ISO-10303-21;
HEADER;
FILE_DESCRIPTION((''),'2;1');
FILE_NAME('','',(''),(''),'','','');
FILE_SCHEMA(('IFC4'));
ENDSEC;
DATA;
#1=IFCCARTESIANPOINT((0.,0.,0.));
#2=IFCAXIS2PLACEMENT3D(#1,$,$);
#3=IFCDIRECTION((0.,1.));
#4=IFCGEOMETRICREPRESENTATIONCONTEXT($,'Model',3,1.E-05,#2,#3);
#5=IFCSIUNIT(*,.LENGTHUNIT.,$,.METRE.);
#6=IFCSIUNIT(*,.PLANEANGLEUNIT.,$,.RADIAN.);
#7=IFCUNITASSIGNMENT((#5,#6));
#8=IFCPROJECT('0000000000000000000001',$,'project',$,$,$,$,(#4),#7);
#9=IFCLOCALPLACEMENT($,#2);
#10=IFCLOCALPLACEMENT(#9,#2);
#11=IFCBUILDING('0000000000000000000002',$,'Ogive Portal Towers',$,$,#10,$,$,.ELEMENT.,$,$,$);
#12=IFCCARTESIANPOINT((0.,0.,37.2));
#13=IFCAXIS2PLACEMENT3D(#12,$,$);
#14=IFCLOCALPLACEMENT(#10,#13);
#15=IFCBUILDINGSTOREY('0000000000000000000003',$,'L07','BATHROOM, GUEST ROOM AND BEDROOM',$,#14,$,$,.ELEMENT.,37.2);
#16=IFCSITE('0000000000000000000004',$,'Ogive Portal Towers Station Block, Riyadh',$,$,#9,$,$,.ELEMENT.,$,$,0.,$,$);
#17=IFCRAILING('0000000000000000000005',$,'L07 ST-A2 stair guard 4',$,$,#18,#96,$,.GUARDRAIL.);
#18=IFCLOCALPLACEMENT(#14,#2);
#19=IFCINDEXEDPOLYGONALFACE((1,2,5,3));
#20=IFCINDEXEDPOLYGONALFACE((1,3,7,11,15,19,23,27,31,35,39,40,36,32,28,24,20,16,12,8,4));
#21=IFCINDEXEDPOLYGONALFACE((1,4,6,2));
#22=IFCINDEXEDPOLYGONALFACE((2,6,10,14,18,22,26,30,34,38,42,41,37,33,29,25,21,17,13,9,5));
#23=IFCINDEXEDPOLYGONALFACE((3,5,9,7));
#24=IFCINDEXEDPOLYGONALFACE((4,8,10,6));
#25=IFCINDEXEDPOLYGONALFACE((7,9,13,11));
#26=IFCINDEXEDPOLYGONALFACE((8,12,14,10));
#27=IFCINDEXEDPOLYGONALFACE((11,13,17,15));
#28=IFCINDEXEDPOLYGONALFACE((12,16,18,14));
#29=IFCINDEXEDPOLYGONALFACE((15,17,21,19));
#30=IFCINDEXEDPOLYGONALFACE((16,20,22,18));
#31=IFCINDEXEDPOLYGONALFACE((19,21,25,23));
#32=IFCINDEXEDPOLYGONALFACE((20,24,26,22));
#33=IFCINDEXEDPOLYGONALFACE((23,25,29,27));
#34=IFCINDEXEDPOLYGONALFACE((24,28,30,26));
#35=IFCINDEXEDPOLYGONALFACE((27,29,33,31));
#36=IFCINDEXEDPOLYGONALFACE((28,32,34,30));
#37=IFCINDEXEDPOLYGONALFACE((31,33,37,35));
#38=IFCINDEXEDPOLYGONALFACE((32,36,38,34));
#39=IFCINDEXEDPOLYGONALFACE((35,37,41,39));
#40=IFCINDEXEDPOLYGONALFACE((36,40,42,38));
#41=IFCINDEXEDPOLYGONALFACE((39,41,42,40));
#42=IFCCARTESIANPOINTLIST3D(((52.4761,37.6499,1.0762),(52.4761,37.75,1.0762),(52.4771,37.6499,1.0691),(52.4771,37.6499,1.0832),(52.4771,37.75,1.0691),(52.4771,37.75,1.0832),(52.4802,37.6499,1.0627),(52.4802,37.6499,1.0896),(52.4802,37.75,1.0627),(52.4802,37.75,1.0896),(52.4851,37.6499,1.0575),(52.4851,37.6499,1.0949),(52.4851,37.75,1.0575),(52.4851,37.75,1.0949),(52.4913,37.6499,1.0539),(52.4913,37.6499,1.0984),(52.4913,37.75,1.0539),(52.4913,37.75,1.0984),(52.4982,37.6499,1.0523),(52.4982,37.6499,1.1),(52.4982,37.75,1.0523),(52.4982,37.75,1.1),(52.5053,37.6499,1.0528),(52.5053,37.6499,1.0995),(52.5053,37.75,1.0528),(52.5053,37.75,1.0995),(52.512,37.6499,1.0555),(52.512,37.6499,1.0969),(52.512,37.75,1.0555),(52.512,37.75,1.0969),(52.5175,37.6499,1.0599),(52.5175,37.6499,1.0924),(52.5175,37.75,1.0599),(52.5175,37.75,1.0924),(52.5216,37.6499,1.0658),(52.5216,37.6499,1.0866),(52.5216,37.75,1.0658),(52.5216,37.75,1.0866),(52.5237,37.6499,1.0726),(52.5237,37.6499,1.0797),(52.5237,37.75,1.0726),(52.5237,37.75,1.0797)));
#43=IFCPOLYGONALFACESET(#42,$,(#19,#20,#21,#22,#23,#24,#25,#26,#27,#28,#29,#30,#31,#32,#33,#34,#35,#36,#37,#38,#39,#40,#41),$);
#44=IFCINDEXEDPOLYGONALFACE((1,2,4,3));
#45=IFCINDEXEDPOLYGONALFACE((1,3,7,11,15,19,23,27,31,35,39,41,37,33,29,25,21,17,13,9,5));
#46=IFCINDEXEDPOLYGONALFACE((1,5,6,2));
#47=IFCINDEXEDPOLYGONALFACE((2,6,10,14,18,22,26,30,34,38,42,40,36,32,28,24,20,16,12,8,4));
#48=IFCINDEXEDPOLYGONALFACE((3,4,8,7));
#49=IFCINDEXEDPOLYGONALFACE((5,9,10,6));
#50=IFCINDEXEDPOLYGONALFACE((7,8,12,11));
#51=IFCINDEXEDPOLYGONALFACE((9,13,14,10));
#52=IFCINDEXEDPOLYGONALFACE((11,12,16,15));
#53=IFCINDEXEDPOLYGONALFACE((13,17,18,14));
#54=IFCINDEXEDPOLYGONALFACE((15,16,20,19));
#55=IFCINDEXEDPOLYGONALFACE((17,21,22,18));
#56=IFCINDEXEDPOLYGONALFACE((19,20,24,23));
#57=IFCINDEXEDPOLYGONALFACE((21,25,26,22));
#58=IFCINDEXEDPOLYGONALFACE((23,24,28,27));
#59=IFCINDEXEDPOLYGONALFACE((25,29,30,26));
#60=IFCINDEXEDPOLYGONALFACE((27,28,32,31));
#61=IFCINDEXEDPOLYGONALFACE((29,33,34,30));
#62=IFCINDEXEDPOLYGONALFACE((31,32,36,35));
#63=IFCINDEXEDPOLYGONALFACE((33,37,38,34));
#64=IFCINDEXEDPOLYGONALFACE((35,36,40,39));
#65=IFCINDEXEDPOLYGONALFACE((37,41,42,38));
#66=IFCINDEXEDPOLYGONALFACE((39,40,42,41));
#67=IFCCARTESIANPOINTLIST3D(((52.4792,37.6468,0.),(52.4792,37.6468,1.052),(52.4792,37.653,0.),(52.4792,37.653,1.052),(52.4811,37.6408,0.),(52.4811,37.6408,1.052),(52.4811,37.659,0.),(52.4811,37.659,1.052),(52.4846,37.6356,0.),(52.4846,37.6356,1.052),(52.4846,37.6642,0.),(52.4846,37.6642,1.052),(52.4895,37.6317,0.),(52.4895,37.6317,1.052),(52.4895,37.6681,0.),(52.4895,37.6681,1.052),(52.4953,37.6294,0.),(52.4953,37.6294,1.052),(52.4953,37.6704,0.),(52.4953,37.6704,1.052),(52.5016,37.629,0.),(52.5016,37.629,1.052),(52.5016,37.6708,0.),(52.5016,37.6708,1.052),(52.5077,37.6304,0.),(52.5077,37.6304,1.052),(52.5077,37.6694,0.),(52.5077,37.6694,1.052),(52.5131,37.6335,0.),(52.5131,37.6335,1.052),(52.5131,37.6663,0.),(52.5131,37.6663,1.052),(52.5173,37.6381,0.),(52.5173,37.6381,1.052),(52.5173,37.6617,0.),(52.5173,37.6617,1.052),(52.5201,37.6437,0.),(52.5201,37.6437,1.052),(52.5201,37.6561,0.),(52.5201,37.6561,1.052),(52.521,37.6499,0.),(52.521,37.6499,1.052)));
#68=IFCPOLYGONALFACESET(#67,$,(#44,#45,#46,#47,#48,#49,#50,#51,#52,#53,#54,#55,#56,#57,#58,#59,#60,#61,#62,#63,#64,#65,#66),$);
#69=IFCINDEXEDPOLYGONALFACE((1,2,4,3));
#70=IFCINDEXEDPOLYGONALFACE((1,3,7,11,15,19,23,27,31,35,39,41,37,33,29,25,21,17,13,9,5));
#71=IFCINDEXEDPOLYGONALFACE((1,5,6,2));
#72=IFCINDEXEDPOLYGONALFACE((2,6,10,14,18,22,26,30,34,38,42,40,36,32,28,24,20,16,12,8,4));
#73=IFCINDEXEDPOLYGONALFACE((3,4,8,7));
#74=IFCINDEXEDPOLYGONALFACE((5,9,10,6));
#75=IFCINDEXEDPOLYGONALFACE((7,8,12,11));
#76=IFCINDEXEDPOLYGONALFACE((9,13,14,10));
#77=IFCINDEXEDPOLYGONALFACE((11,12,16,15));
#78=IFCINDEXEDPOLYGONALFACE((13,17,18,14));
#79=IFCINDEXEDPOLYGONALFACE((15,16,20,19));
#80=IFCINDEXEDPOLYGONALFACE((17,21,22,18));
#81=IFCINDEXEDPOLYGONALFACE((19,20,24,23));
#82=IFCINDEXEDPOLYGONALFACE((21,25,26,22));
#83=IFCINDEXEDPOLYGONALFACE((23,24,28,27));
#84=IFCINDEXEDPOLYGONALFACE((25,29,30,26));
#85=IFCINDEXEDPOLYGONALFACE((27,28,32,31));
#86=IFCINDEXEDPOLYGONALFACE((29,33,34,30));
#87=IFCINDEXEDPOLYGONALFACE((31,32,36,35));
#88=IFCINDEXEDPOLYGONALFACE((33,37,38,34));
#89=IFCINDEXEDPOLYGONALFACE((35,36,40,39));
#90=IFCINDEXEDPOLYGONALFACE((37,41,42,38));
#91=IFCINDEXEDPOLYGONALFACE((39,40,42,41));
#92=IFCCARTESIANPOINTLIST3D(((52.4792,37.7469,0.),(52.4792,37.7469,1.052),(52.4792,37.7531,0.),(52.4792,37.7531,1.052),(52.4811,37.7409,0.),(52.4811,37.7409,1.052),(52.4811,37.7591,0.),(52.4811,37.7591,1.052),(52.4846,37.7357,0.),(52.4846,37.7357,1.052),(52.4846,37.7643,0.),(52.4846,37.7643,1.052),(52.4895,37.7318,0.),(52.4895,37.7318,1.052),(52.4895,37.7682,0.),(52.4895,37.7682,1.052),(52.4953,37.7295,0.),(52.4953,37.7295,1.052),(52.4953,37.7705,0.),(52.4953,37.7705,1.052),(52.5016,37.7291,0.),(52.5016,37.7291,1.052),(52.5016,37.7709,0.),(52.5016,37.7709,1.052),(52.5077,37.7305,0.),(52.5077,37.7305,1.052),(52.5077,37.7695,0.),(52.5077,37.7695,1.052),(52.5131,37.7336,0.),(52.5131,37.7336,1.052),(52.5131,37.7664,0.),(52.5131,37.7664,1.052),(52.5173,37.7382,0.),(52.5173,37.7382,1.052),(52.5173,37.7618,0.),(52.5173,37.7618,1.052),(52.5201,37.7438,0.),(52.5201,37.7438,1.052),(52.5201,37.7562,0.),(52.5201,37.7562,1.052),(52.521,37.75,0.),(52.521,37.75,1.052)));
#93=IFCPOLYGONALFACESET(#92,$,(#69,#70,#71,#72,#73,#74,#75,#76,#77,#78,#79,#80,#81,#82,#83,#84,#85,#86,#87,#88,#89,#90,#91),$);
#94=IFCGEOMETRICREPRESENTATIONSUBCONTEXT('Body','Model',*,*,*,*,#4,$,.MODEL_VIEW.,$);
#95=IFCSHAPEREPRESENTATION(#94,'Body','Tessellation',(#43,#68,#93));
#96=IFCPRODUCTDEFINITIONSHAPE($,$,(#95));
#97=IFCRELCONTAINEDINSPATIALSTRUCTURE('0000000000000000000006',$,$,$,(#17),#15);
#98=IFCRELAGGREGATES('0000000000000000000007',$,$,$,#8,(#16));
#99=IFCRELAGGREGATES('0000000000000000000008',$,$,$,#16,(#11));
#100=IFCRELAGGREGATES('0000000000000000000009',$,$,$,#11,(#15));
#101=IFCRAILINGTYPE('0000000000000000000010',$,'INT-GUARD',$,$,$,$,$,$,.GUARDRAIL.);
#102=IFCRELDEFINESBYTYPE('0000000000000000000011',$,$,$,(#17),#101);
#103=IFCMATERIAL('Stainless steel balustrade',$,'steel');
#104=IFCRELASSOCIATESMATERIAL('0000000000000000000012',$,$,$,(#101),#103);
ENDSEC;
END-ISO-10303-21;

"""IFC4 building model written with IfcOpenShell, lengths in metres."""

from ifc_helpers import new_model, si_unit, direction, frame, origin, origin_2d, place, context, subcontext, project, spatial, circle, extrude, material, type_object, element, save


model = new_model("IFC4")

# Units and contexts
model_context = context("Model", 3, precision=1e-05, world=origin(), true_north=direction((0.0, 1.0)))
body_context = subcontext(model_context, "Body", "Model", "MODEL_VIEW")
ifc_project = project(units=[si_unit("LENGTHUNIT", "METRE"), si_unit("PLANEANGLEUNIT", "RADIAN")], contexts=[model_context])

# Site, building, storey
site_placement = place(None, origin())
site = spatial("IfcSite", under=ifc_project, at=site_placement, Name="Ogive Portal Towers Station Block, Riyadh", CompositionType="ELEMENT", RefElevation=0.0)
building_placement = place(site_placement, origin())
building = spatial("IfcBuilding", under=site, at=building_placement, Name="Ogive Portal Towers", CompositionType="ELEMENT")
storey_placement = place(building_placement, frame((0.0, 0.0, 37.2)))
storey = spatial("IfcBuildingStorey", under=building, at=storey_placement, Name="L07", Description="BATHROOM, GUEST ROOM AND BEDROOM", CompositionType="ELEMENT", Elevation=37.2)

# Railing
ifc_material_1 = material(Name="Stainless steel balustrade", Category="steel")
railing_type_1 = type_object("IfcRailingType", Name="INT-GUARD", PredefinedType="GUARDRAIL", material=ifc_material_1)
railing_1_placement = place(storey_placement, frame((52.5, 37.6499, 0.0)))
element("IfcRailing", 1, at=railing_1_placement, inside=storey, type_object=railing_type_1, Name="L07 ST-A2 stair guard 4", PredefinedType="GUARDRAIL", context=body_context, shape_type="SweptSolid", body=[
    extrude(circle(Radius=0.0239, at=origin_2d()), frame((0.0, 0.0, 1.0762), z_axis=(0.0, 1.0, 0.0), x_axis=(-1.0, 0.0, 0.0)), (0.0, 0.0, 1.0), 0.1001),
    extrude(circle(Radius=0.021, at=origin_2d()), origin(), (0.0, 0.0, 1.0), 1.052),
    extrude(circle(Radius=0.021, at=origin_2d()), frame((0.0, 0.1001, 0.0)), (0.0, 0.0, 1.0), 1.052),
])

save(model, "model.ifc")
